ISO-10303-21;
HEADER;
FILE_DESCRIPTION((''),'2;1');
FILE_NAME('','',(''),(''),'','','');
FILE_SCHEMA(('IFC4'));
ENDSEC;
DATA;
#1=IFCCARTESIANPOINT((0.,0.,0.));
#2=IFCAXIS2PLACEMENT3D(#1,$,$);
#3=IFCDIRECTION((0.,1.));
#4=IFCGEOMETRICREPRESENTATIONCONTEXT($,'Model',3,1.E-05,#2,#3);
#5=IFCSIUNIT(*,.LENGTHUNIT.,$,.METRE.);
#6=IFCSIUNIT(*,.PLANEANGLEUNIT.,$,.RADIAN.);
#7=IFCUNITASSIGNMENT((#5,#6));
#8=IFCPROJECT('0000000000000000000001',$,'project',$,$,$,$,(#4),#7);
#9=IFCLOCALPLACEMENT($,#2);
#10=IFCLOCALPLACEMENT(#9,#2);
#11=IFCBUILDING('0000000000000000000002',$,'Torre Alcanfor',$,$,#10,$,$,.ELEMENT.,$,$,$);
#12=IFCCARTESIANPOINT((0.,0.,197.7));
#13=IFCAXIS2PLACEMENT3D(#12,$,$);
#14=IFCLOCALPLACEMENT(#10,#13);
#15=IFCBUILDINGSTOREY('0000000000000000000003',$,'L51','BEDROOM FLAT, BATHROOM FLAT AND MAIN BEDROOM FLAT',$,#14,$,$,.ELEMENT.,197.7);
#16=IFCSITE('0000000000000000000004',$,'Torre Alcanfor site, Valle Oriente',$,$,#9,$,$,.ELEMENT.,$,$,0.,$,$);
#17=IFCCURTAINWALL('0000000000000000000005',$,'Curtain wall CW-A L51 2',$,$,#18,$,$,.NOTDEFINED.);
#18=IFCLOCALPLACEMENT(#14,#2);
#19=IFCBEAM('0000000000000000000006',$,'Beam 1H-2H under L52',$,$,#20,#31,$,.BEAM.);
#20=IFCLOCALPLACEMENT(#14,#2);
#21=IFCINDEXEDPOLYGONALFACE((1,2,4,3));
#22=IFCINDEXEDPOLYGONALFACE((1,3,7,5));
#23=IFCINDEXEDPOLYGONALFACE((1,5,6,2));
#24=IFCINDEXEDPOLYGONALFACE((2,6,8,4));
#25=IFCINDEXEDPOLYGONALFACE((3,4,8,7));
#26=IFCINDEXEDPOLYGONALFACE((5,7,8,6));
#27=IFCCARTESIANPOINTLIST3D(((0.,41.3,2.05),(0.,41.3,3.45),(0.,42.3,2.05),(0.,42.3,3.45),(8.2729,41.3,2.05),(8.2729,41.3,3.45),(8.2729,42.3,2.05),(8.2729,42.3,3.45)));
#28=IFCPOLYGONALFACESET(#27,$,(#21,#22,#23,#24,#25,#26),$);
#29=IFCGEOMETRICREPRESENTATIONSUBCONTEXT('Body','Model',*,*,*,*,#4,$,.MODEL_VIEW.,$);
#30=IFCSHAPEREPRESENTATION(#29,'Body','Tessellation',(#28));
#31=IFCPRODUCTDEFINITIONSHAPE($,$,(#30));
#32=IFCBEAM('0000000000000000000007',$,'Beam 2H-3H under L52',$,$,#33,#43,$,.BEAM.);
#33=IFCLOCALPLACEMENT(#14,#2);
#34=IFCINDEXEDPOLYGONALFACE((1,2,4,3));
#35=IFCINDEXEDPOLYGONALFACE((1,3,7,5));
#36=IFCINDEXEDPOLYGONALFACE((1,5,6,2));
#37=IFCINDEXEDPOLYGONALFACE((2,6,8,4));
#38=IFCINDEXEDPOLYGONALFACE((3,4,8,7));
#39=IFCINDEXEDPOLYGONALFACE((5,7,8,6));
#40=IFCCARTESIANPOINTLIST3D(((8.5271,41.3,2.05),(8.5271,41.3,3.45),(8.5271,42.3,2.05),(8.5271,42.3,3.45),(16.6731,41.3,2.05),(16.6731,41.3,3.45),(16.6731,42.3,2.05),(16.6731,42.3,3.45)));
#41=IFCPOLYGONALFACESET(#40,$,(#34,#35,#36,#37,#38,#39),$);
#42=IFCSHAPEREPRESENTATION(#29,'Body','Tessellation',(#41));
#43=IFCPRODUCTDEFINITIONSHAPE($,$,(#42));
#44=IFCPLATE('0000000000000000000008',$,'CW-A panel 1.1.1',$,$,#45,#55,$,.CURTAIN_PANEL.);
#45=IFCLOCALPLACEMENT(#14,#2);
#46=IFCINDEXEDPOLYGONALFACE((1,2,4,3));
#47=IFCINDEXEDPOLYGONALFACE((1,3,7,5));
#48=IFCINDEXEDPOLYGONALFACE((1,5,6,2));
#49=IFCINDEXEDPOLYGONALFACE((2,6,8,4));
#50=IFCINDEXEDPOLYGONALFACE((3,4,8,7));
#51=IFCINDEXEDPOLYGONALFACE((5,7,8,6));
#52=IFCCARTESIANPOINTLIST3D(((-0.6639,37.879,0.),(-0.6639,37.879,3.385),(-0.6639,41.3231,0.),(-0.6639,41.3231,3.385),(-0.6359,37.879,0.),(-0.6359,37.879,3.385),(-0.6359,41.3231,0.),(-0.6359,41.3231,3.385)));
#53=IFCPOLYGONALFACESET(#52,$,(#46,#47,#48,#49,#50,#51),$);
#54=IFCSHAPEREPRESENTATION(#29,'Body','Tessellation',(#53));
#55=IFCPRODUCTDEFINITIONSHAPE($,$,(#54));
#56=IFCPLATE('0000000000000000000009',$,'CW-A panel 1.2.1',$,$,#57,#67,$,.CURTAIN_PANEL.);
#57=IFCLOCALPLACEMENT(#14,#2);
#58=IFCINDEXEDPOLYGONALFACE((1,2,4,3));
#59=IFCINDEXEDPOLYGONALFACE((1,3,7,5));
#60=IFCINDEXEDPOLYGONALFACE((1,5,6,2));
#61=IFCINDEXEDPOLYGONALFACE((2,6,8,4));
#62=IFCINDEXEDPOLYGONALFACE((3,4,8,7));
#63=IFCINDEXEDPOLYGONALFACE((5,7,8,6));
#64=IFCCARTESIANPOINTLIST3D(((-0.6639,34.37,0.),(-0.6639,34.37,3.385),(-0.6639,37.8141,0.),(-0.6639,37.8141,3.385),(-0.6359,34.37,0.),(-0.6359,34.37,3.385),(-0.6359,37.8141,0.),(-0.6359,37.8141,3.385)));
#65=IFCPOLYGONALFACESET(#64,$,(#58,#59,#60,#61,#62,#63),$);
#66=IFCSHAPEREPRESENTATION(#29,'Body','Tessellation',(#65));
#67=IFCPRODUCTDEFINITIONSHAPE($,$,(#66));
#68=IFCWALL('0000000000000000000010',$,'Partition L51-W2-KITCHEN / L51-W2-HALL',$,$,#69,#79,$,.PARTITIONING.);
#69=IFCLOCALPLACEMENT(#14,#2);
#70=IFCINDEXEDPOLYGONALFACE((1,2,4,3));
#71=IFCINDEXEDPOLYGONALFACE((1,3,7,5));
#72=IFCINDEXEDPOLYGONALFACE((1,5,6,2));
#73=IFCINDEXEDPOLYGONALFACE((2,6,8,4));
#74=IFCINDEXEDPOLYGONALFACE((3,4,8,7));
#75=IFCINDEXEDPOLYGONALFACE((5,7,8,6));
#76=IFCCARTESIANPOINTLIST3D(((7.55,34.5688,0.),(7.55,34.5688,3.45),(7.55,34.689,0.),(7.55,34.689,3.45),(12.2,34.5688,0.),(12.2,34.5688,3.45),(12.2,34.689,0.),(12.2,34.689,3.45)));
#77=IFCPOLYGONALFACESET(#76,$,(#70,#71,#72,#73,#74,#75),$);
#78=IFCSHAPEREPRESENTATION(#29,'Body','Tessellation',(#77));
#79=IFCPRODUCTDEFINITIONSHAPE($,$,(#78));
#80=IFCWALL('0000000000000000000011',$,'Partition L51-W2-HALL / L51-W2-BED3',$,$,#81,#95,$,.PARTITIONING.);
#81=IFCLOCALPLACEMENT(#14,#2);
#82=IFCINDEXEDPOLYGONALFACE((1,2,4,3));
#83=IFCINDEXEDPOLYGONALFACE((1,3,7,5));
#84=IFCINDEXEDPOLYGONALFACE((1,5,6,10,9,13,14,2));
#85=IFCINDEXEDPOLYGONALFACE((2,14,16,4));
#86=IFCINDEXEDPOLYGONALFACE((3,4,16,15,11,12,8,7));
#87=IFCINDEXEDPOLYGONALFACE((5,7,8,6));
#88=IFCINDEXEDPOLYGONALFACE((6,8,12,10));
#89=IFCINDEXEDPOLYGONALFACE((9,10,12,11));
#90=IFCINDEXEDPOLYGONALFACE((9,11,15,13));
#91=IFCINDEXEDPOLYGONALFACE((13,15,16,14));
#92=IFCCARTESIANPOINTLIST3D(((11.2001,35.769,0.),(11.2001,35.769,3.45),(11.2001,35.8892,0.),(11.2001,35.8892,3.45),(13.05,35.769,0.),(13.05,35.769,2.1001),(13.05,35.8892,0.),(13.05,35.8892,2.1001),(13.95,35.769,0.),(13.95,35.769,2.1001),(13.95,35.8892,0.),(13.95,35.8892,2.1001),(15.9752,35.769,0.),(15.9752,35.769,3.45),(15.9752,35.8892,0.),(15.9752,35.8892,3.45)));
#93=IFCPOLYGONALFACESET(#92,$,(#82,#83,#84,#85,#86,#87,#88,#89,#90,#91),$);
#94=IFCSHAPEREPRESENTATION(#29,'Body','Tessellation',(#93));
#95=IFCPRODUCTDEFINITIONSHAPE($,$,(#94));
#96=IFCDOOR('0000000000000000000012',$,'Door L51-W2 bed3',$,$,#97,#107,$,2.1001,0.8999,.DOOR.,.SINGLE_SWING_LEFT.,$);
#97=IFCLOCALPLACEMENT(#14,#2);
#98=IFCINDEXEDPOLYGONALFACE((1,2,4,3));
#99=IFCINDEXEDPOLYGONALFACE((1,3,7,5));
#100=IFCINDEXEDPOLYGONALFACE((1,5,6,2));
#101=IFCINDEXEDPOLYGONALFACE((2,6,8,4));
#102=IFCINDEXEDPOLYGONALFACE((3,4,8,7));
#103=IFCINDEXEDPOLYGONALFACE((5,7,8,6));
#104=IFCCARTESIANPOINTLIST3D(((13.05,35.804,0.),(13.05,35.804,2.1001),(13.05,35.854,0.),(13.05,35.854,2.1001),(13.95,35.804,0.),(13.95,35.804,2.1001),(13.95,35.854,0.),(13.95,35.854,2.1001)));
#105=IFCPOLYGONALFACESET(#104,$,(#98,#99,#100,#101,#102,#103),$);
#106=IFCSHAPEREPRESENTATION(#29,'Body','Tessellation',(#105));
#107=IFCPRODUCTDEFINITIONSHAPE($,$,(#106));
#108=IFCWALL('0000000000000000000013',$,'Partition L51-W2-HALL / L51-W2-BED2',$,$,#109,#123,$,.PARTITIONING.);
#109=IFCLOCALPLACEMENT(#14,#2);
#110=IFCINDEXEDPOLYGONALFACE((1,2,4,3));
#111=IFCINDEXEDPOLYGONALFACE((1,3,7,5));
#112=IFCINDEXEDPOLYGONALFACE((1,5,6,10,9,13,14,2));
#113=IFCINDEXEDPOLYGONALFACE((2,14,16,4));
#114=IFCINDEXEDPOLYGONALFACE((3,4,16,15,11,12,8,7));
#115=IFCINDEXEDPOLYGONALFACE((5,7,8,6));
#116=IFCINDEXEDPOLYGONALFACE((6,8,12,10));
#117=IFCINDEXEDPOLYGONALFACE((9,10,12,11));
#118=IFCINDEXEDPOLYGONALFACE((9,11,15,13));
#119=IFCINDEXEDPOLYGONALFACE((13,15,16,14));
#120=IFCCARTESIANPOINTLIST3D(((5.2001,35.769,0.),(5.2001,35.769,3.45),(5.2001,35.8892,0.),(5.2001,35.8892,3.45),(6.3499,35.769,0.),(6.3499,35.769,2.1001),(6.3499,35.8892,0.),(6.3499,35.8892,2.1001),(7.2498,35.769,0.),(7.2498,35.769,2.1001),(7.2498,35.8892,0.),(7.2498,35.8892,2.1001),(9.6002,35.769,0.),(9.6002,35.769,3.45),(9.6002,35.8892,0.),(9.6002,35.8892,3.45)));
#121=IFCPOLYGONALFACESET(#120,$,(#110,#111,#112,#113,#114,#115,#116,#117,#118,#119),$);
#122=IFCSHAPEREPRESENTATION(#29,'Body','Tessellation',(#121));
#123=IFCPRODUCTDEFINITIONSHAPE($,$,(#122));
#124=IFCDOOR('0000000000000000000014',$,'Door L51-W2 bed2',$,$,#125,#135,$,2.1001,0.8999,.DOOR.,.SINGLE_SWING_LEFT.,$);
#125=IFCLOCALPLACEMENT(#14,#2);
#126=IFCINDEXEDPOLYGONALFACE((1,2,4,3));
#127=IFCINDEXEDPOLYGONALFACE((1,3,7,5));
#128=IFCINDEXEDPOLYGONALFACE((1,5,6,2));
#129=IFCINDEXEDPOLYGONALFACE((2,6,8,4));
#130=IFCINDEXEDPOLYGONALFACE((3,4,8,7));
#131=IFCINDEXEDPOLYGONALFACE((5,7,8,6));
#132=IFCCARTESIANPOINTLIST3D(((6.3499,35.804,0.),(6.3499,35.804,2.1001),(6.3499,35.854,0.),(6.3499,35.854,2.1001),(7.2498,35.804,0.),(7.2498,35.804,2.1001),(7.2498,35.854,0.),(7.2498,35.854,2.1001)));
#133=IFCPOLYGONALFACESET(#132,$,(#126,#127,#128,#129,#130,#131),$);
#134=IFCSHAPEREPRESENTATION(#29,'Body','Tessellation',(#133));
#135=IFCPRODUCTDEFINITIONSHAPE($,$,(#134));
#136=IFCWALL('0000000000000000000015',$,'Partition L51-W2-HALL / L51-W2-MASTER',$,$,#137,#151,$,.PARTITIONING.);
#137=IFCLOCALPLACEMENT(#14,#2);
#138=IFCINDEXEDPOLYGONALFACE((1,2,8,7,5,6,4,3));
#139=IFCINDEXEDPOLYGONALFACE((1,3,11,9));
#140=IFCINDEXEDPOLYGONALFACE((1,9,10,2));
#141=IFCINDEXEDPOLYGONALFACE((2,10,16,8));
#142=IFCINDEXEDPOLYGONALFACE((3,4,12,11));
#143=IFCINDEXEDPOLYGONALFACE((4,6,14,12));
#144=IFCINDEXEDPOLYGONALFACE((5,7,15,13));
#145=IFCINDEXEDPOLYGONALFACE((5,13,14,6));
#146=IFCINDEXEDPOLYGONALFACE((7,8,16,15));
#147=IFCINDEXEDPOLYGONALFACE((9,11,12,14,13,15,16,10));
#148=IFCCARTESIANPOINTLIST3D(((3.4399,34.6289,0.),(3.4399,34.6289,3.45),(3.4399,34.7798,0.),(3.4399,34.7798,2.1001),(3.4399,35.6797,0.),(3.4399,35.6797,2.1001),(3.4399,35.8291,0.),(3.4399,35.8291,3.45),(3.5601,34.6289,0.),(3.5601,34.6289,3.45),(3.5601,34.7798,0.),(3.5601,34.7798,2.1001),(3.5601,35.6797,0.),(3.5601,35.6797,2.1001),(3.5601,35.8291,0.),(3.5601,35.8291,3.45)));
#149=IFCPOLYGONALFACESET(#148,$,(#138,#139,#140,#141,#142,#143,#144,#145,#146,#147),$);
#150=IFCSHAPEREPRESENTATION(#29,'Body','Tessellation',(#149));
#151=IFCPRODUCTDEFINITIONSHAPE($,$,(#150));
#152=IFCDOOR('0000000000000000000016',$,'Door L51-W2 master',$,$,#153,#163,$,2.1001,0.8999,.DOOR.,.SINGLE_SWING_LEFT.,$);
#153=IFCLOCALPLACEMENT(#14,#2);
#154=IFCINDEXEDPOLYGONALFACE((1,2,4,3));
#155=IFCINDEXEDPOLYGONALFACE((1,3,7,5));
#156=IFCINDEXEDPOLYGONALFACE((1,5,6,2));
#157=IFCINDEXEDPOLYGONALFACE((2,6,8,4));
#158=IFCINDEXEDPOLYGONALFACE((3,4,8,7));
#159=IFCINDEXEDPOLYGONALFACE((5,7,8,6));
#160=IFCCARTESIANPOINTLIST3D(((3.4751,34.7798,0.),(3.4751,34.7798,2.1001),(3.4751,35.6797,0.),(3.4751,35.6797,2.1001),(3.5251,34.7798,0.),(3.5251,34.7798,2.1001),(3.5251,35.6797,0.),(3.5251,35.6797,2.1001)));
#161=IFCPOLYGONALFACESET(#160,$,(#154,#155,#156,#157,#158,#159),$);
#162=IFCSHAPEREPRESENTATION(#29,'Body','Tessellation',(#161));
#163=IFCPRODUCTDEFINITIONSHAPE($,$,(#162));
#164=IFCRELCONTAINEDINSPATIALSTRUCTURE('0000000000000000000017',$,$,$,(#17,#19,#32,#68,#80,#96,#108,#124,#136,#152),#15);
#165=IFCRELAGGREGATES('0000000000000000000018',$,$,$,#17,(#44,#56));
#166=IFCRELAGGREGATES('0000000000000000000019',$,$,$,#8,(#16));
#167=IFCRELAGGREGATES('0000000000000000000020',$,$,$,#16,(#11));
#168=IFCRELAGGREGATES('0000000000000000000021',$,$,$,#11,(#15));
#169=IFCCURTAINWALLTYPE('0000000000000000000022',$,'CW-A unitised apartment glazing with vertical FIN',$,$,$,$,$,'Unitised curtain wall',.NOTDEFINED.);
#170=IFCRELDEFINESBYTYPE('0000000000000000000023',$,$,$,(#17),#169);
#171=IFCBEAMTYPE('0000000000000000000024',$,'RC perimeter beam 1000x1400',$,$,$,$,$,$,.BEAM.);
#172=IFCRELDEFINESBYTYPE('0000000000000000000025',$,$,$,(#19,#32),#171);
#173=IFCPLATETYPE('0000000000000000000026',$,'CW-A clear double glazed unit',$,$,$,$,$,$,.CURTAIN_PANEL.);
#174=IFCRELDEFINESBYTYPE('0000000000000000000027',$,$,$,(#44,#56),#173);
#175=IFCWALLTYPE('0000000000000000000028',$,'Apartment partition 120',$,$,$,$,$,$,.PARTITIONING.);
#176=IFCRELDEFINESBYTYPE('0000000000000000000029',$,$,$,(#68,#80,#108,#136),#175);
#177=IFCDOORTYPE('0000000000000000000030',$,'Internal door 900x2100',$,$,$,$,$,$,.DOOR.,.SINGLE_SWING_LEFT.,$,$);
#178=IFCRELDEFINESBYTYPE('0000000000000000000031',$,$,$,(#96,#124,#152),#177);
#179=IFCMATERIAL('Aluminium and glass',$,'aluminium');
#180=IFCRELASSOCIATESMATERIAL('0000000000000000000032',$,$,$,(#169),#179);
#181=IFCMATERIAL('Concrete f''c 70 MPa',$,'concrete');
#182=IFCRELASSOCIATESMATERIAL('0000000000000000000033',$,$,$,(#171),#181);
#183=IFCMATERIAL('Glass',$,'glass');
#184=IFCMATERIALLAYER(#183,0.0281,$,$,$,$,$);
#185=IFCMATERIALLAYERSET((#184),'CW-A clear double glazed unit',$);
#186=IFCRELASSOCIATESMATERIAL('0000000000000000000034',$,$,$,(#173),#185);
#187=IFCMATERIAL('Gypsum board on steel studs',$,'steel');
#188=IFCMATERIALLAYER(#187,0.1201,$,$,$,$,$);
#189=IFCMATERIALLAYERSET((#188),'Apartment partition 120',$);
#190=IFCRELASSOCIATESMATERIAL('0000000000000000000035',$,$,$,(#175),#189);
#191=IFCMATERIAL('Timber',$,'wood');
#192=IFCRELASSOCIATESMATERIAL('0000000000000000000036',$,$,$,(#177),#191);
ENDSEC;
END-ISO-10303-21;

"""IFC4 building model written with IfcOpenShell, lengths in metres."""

from ifc_helpers import new_model, si_unit, direction, frame, frame_2d, origin, origin_2d, place, context, subcontext, project, spatial, rectangle, extrude, material, layer, layer_set, material_profile, profile_set, type_object, element, fill, aggregate, save


model = new_model("IFC4")

# Units and contexts
model_context = context("Model", 3, precision=1e-05, world=origin(), true_north=direction((0.0, 1.0)))
body_context = subcontext(model_context, "Body", "Model", "MODEL_VIEW")
ifc_project = project(units=[si_unit("LENGTHUNIT", "METRE"), si_unit("PLANEANGLEUNIT", "RADIAN")], contexts=[model_context])

# Site, building, storey
site_placement = place(None, origin())
site = spatial("IfcSite", under=ifc_project, at=site_placement, Name="Torre Alcanfor site, Valle Oriente", CompositionType="ELEMENT", RefElevation=0.0)
building_placement = place(site_placement, origin())
building = spatial("IfcBuilding", under=site, at=building_placement, Name="Torre Alcanfor", CompositionType="ELEMENT")
storey_placement = place(building_placement, frame((0.0, 0.0, 197.7)))
storey = spatial("IfcBuildingStorey", under=building, at=storey_placement, Name="L51", Description="BEDROOM FLAT, BATHROOM FLAT AND MAIN BEDROOM FLAT", CompositionType="ELEMENT", Elevation=197.7)

# Curtain wall
ifc_material_1 = material(Name="Aluminium and glass", Category="aluminium")
curtain_wall_type = type_object("IfcCurtainWallType", Name="CW-A unitised apartment glazing with vertical FIN", ElementType="Unitised curtain wall", PredefinedType="NOTDEFINED", material=ifc_material_1)
curtain_wall_placement = place(storey_placement, origin())
curtain_wall = element("IfcCurtainWall", 1, at=curtain_wall_placement, inside=storey, type_object=curtain_wall_type, Name="Curtain wall CW-A L51 2", PredefinedType="NOTDEFINED")

# Beams
ifc_material_2 = material(Name="Concrete f'c 70 MPa", Category="concrete")
ifc_material_profile_1 = material_profile(ifc_material_2, rectangle(XDim=1.0, YDim=1.3999, at=origin_2d()), Name="1000x1400")
ifc_profile_set_1 = profile_set([ifc_material_profile_1], Name="Concrete f'c 70 MPa")
beam_type_1 = type_object("IfcBeamType", Name="RC perimeter beam 1000x1400", PredefinedType="BEAM", material=ifc_profile_set_1)
beam_1_placement = place(storey_placement, frame((0.0, 41.8, 2.75), z_axis=(1.0, 0.0, 0.0), x_axis=(0.0, 1.0, 0.0)))
element("IfcBeam", 2, at=beam_1_placement, inside=storey, type_object=beam_type_1, Name="Beam 1H-2H under L52", PredefinedType="BEAM", context=body_context, shape_type="SweptSolid", body=[
    extrude(rectangle(XDim=1.0, YDim=1.3999, at=origin_2d()), origin(), (0.0, 0.0, 1.0), 8.2729),
])
beam_2_placement = place(storey_placement, frame((8.5271, 41.8, 2.75), z_axis=(1.0, 0.0, 0.0), x_axis=(0.0, 1.0, 0.0)))
element("IfcBeam", 3, at=beam_2_placement, inside=storey, type_object=beam_type_1, Name="Beam 2H-3H under L52", PredefinedType="BEAM", context=body_context, shape_type="SweptSolid", body=[
    extrude(rectangle(XDim=1.0, YDim=1.3999, at=origin_2d()), origin(), (0.0, 0.0, 1.0), 8.146),
])

# Plates
ifc_material_3 = material(Name="Glass", Category="glass")
ifc_layer_1 = layer(ifc_material_3, 0.0281)
ifc_layer_set_1 = layer_set([ifc_layer_1], Name="CW-A clear double glazed unit")
plate_type = type_object("IfcPlateType", Name="CW-A clear double glazed unit", PredefinedType="CURTAIN_PANEL", material=ifc_layer_set_1)
plate_1_placement = place(storey_placement, frame((-0.6499, 39.6011, 0.0), z_axis=(0.0, 0.0, 1.0), x_axis=(0.0, -1.0, 0.0)))
plate_1 = element("IfcPlate", 4, at=plate_1_placement, type_object=plate_type, Name="CW-A panel 1.1.1", PredefinedType="CURTAIN_PANEL", context=body_context, shape_type="SweptSolid", body=[
    extrude(rectangle(XDim=3.4441, YDim=0.0281, at=origin_2d()), origin(), (0.0, 0.0, 1.0), 3.385),
])
plate_2_placement = place(storey_placement, frame((-0.6499, 36.092, 0.0), z_axis=(0.0, 0.0, 1.0), x_axis=(0.0, -1.0, 0.0)))
plate_2 = element("IfcPlate", 5, at=plate_2_placement, type_object=plate_type, Name="CW-A panel 1.2.1", PredefinedType="CURTAIN_PANEL", context=body_context, shape_type="SweptSolid", body=[
    extrude(rectangle(XDim=3.4441, YDim=0.0281, at=origin_2d()), origin(), (0.0, 0.0, 1.0), 3.385),
])
aggregate(curtain_wall, [plate_1, plate_2])

# Wall
ifc_material_4 = material(Name="Gypsum board on steel studs", Category="steel")
ifc_layer_2 = layer(ifc_material_4, 0.1201)
ifc_layer_set_2 = layer_set([ifc_layer_2], Name="Apartment partition 120")
wall_type_1 = type_object("IfcWallType", Name="Apartment partition 120", PredefinedType="PARTITIONING", material=ifc_layer_set_2)
wall_1_placement = place(storey_placement, frame((7.55, 34.6289, 0.0), z_axis=(0.0, 0.0, 1.0), x_axis=(1.0, 0.0, 0.0)))
element("IfcWall", 6, at=wall_1_placement, inside=storey, type_object=wall_type_1, Name="Partition L51-W2-KITCHEN / L51-W2-HALL", PredefinedType="PARTITIONING", context=body_context, shape_type="SweptSolid", body=[
    extrude(rectangle(XDim=4.6499, YDim=0.1201, at=frame_2d((2.325, 0.0))), origin(), (0.0, 0.0, 1.0), 3.45),
])

# Walls, openings, doors
wall_2_placement = place(storey_placement, frame((11.2, 35.8291, 0.0), z_axis=(0.0, 0.0, 1.0), x_axis=(1.0, 0.0, 0.0)))
wall_2 = element("IfcWall", 7, at=wall_2_placement, inside=storey, type_object=wall_type_1, Name="Partition L51-W2-HALL / L51-W2-BED3", PredefinedType="PARTITIONING", context=body_context, shape_type="SweptSolid", body=[
    extrude(rectangle(XDim=4.7751, YDim=0.1201, at=frame_2d((2.3877, 0.0))), origin(), (0.0, 0.0, 1.0), 3.45),
])
opening_1_placement = place(wall_2_placement, frame((1.8501, 0.0, 0.0)))
opening_1 = element("IfcOpeningElement", 8, at=opening_1_placement, cuts=wall_2, PredefinedType="OPENING", context=body_context, shape_type="SweptSolid", body=[
    extrude(rectangle(XDim=0.8999, YDim=2.1001, at=frame_2d((0.45, 1.05))), frame((0.0, 0.0701, 0.0), z_axis=(0.0, -1.0, 0.0), x_axis=(1.0, 0.0, 0.0)), (0.0, 0.0, 1.0), 0.1401),
])
ifc_material_5 = material(Name="Timber", Category="wood")
door_type_1 = type_object("IfcDoorType", Name="Internal door 900x2100", OperationType="SINGLE_SWING_LEFT", PredefinedType="DOOR", material=ifc_material_5)
door_1_placement = place(opening_1_placement, origin())
door_1 = element("IfcDoor", 9, at=door_1_placement, inside=storey, type_object=door_type_1, Name="Door L51-W2 bed3", OperationType="SINGLE_SWING_LEFT", OverallHeight=2.1001, OverallWidth=0.8999, PredefinedType="DOOR", context=body_context, shape_type="SweptSolid", body=[
    extrude(rectangle(XDim=0.8999, YDim=2.1001, at=frame_2d((0.45, 1.05))), frame((0.0, 0.0249, 0.0), z_axis=(0.0, -1.0, 0.0), x_axis=(1.0, 0.0, 0.0)), (0.0, 0.0, 1.0), 0.05),
])
fill(opening_1, door_1)
wall_3_placement = place(storey_placement, frame((5.2, 35.8291, 0.0), z_axis=(0.0, 0.0, 1.0), x_axis=(1.0, 0.0, 0.0)))
wall_3 = element("IfcWall", 10, at=wall_3_placement, inside=storey, type_object=wall_type_1, Name="Partition L51-W2-HALL / L51-W2-BED2", PredefinedType="PARTITIONING", context=body_context, shape_type="SweptSolid", body=[
    extrude(rectangle(XDim=4.4001, YDim=0.1201, at=frame_2d((2.2002, 0.0))), origin(), (0.0, 0.0, 1.0), 3.45),
])
opening_2_placement = place(wall_3_placement, frame((1.1499, 0.0, 0.0)))
opening_2 = element("IfcOpeningElement", 11, at=opening_2_placement, cuts=wall_3, PredefinedType="OPENING", context=body_context, shape_type="SweptSolid", body=[
    extrude(rectangle(XDim=0.8999, YDim=2.1001, at=frame_2d((0.45, 1.05))), frame((0.0, 0.0701, 0.0), z_axis=(0.0, -1.0, 0.0), x_axis=(1.0, 0.0, 0.0)), (0.0, 0.0, 1.0), 0.1401),
])
door_2_placement = place(opening_2_placement, origin())
door_2 = element("IfcDoor", 12, at=door_2_placement, inside=storey, type_object=door_type_1, Name="Door L51-W2 bed2", OperationType="SINGLE_SWING_LEFT", OverallHeight=2.1001, OverallWidth=0.8999, PredefinedType="DOOR", context=body_context, shape_type="SweptSolid", body=[
    extrude(rectangle(XDim=0.8999, YDim=2.1001, at=frame_2d((0.45, 1.05))), frame((0.0, 0.0249, 0.0), z_axis=(0.0, -1.0, 0.0), x_axis=(1.0, 0.0, 0.0)), (0.0, 0.0, 1.0), 0.05),
])
fill(opening_2, door_2)
wall_4_placement = place(storey_placement, frame((3.5, 34.6289, 0.0), z_axis=(0.0, 0.0, 1.0), x_axis=(0.0, 1.0, 0.0)))
wall_4 = element("IfcWall", 13, at=wall_4_placement, inside=storey, type_object=wall_type_1, Name="Partition L51-W2-HALL / L51-W2-MASTER", PredefinedType="PARTITIONING", context=body_context, shape_type="SweptSolid", body=[
    extrude(rectangle(XDim=1.2002, YDim=0.1201, at=frame_2d((0.6001, 0.0))), origin(), (0.0, 0.0, 1.0), 3.45),
])
opening_3_placement = place(wall_4_placement, frame((0.1509, 0.0, 0.0)))
opening_3 = element("IfcOpeningElement", 14, at=opening_3_placement, cuts=wall_4, PredefinedType="OPENING", context=body_context, shape_type="SweptSolid", body=[
    extrude(rectangle(XDim=0.8999, YDim=2.1001, at=frame_2d((0.45, 1.05))), frame((0.0, 0.0701, 0.0), z_axis=(0.0, -1.0, 0.0), x_axis=(1.0, 0.0, 0.0)), (0.0, 0.0, 1.0), 0.1401),
])
door_3_placement = place(opening_3_placement, origin())
door_3 = element("IfcDoor", 15, at=door_3_placement, inside=storey, type_object=door_type_1, Name="Door L51-W2 master", OperationType="SINGLE_SWING_LEFT", OverallHeight=2.1001, OverallWidth=0.8999, PredefinedType="DOOR", context=body_context, shape_type="SweptSolid", body=[
    extrude(rectangle(XDim=0.8999, YDim=2.1001, at=frame_2d((0.45, 1.05))), frame((0.0, 0.0249, 0.0), z_axis=(0.0, -1.0, 0.0), x_axis=(1.0, 0.0, 0.0)), (0.0, 0.0, 1.0), 0.05),
])
fill(opening_3, door_3)

save(model, "model.ifc")
